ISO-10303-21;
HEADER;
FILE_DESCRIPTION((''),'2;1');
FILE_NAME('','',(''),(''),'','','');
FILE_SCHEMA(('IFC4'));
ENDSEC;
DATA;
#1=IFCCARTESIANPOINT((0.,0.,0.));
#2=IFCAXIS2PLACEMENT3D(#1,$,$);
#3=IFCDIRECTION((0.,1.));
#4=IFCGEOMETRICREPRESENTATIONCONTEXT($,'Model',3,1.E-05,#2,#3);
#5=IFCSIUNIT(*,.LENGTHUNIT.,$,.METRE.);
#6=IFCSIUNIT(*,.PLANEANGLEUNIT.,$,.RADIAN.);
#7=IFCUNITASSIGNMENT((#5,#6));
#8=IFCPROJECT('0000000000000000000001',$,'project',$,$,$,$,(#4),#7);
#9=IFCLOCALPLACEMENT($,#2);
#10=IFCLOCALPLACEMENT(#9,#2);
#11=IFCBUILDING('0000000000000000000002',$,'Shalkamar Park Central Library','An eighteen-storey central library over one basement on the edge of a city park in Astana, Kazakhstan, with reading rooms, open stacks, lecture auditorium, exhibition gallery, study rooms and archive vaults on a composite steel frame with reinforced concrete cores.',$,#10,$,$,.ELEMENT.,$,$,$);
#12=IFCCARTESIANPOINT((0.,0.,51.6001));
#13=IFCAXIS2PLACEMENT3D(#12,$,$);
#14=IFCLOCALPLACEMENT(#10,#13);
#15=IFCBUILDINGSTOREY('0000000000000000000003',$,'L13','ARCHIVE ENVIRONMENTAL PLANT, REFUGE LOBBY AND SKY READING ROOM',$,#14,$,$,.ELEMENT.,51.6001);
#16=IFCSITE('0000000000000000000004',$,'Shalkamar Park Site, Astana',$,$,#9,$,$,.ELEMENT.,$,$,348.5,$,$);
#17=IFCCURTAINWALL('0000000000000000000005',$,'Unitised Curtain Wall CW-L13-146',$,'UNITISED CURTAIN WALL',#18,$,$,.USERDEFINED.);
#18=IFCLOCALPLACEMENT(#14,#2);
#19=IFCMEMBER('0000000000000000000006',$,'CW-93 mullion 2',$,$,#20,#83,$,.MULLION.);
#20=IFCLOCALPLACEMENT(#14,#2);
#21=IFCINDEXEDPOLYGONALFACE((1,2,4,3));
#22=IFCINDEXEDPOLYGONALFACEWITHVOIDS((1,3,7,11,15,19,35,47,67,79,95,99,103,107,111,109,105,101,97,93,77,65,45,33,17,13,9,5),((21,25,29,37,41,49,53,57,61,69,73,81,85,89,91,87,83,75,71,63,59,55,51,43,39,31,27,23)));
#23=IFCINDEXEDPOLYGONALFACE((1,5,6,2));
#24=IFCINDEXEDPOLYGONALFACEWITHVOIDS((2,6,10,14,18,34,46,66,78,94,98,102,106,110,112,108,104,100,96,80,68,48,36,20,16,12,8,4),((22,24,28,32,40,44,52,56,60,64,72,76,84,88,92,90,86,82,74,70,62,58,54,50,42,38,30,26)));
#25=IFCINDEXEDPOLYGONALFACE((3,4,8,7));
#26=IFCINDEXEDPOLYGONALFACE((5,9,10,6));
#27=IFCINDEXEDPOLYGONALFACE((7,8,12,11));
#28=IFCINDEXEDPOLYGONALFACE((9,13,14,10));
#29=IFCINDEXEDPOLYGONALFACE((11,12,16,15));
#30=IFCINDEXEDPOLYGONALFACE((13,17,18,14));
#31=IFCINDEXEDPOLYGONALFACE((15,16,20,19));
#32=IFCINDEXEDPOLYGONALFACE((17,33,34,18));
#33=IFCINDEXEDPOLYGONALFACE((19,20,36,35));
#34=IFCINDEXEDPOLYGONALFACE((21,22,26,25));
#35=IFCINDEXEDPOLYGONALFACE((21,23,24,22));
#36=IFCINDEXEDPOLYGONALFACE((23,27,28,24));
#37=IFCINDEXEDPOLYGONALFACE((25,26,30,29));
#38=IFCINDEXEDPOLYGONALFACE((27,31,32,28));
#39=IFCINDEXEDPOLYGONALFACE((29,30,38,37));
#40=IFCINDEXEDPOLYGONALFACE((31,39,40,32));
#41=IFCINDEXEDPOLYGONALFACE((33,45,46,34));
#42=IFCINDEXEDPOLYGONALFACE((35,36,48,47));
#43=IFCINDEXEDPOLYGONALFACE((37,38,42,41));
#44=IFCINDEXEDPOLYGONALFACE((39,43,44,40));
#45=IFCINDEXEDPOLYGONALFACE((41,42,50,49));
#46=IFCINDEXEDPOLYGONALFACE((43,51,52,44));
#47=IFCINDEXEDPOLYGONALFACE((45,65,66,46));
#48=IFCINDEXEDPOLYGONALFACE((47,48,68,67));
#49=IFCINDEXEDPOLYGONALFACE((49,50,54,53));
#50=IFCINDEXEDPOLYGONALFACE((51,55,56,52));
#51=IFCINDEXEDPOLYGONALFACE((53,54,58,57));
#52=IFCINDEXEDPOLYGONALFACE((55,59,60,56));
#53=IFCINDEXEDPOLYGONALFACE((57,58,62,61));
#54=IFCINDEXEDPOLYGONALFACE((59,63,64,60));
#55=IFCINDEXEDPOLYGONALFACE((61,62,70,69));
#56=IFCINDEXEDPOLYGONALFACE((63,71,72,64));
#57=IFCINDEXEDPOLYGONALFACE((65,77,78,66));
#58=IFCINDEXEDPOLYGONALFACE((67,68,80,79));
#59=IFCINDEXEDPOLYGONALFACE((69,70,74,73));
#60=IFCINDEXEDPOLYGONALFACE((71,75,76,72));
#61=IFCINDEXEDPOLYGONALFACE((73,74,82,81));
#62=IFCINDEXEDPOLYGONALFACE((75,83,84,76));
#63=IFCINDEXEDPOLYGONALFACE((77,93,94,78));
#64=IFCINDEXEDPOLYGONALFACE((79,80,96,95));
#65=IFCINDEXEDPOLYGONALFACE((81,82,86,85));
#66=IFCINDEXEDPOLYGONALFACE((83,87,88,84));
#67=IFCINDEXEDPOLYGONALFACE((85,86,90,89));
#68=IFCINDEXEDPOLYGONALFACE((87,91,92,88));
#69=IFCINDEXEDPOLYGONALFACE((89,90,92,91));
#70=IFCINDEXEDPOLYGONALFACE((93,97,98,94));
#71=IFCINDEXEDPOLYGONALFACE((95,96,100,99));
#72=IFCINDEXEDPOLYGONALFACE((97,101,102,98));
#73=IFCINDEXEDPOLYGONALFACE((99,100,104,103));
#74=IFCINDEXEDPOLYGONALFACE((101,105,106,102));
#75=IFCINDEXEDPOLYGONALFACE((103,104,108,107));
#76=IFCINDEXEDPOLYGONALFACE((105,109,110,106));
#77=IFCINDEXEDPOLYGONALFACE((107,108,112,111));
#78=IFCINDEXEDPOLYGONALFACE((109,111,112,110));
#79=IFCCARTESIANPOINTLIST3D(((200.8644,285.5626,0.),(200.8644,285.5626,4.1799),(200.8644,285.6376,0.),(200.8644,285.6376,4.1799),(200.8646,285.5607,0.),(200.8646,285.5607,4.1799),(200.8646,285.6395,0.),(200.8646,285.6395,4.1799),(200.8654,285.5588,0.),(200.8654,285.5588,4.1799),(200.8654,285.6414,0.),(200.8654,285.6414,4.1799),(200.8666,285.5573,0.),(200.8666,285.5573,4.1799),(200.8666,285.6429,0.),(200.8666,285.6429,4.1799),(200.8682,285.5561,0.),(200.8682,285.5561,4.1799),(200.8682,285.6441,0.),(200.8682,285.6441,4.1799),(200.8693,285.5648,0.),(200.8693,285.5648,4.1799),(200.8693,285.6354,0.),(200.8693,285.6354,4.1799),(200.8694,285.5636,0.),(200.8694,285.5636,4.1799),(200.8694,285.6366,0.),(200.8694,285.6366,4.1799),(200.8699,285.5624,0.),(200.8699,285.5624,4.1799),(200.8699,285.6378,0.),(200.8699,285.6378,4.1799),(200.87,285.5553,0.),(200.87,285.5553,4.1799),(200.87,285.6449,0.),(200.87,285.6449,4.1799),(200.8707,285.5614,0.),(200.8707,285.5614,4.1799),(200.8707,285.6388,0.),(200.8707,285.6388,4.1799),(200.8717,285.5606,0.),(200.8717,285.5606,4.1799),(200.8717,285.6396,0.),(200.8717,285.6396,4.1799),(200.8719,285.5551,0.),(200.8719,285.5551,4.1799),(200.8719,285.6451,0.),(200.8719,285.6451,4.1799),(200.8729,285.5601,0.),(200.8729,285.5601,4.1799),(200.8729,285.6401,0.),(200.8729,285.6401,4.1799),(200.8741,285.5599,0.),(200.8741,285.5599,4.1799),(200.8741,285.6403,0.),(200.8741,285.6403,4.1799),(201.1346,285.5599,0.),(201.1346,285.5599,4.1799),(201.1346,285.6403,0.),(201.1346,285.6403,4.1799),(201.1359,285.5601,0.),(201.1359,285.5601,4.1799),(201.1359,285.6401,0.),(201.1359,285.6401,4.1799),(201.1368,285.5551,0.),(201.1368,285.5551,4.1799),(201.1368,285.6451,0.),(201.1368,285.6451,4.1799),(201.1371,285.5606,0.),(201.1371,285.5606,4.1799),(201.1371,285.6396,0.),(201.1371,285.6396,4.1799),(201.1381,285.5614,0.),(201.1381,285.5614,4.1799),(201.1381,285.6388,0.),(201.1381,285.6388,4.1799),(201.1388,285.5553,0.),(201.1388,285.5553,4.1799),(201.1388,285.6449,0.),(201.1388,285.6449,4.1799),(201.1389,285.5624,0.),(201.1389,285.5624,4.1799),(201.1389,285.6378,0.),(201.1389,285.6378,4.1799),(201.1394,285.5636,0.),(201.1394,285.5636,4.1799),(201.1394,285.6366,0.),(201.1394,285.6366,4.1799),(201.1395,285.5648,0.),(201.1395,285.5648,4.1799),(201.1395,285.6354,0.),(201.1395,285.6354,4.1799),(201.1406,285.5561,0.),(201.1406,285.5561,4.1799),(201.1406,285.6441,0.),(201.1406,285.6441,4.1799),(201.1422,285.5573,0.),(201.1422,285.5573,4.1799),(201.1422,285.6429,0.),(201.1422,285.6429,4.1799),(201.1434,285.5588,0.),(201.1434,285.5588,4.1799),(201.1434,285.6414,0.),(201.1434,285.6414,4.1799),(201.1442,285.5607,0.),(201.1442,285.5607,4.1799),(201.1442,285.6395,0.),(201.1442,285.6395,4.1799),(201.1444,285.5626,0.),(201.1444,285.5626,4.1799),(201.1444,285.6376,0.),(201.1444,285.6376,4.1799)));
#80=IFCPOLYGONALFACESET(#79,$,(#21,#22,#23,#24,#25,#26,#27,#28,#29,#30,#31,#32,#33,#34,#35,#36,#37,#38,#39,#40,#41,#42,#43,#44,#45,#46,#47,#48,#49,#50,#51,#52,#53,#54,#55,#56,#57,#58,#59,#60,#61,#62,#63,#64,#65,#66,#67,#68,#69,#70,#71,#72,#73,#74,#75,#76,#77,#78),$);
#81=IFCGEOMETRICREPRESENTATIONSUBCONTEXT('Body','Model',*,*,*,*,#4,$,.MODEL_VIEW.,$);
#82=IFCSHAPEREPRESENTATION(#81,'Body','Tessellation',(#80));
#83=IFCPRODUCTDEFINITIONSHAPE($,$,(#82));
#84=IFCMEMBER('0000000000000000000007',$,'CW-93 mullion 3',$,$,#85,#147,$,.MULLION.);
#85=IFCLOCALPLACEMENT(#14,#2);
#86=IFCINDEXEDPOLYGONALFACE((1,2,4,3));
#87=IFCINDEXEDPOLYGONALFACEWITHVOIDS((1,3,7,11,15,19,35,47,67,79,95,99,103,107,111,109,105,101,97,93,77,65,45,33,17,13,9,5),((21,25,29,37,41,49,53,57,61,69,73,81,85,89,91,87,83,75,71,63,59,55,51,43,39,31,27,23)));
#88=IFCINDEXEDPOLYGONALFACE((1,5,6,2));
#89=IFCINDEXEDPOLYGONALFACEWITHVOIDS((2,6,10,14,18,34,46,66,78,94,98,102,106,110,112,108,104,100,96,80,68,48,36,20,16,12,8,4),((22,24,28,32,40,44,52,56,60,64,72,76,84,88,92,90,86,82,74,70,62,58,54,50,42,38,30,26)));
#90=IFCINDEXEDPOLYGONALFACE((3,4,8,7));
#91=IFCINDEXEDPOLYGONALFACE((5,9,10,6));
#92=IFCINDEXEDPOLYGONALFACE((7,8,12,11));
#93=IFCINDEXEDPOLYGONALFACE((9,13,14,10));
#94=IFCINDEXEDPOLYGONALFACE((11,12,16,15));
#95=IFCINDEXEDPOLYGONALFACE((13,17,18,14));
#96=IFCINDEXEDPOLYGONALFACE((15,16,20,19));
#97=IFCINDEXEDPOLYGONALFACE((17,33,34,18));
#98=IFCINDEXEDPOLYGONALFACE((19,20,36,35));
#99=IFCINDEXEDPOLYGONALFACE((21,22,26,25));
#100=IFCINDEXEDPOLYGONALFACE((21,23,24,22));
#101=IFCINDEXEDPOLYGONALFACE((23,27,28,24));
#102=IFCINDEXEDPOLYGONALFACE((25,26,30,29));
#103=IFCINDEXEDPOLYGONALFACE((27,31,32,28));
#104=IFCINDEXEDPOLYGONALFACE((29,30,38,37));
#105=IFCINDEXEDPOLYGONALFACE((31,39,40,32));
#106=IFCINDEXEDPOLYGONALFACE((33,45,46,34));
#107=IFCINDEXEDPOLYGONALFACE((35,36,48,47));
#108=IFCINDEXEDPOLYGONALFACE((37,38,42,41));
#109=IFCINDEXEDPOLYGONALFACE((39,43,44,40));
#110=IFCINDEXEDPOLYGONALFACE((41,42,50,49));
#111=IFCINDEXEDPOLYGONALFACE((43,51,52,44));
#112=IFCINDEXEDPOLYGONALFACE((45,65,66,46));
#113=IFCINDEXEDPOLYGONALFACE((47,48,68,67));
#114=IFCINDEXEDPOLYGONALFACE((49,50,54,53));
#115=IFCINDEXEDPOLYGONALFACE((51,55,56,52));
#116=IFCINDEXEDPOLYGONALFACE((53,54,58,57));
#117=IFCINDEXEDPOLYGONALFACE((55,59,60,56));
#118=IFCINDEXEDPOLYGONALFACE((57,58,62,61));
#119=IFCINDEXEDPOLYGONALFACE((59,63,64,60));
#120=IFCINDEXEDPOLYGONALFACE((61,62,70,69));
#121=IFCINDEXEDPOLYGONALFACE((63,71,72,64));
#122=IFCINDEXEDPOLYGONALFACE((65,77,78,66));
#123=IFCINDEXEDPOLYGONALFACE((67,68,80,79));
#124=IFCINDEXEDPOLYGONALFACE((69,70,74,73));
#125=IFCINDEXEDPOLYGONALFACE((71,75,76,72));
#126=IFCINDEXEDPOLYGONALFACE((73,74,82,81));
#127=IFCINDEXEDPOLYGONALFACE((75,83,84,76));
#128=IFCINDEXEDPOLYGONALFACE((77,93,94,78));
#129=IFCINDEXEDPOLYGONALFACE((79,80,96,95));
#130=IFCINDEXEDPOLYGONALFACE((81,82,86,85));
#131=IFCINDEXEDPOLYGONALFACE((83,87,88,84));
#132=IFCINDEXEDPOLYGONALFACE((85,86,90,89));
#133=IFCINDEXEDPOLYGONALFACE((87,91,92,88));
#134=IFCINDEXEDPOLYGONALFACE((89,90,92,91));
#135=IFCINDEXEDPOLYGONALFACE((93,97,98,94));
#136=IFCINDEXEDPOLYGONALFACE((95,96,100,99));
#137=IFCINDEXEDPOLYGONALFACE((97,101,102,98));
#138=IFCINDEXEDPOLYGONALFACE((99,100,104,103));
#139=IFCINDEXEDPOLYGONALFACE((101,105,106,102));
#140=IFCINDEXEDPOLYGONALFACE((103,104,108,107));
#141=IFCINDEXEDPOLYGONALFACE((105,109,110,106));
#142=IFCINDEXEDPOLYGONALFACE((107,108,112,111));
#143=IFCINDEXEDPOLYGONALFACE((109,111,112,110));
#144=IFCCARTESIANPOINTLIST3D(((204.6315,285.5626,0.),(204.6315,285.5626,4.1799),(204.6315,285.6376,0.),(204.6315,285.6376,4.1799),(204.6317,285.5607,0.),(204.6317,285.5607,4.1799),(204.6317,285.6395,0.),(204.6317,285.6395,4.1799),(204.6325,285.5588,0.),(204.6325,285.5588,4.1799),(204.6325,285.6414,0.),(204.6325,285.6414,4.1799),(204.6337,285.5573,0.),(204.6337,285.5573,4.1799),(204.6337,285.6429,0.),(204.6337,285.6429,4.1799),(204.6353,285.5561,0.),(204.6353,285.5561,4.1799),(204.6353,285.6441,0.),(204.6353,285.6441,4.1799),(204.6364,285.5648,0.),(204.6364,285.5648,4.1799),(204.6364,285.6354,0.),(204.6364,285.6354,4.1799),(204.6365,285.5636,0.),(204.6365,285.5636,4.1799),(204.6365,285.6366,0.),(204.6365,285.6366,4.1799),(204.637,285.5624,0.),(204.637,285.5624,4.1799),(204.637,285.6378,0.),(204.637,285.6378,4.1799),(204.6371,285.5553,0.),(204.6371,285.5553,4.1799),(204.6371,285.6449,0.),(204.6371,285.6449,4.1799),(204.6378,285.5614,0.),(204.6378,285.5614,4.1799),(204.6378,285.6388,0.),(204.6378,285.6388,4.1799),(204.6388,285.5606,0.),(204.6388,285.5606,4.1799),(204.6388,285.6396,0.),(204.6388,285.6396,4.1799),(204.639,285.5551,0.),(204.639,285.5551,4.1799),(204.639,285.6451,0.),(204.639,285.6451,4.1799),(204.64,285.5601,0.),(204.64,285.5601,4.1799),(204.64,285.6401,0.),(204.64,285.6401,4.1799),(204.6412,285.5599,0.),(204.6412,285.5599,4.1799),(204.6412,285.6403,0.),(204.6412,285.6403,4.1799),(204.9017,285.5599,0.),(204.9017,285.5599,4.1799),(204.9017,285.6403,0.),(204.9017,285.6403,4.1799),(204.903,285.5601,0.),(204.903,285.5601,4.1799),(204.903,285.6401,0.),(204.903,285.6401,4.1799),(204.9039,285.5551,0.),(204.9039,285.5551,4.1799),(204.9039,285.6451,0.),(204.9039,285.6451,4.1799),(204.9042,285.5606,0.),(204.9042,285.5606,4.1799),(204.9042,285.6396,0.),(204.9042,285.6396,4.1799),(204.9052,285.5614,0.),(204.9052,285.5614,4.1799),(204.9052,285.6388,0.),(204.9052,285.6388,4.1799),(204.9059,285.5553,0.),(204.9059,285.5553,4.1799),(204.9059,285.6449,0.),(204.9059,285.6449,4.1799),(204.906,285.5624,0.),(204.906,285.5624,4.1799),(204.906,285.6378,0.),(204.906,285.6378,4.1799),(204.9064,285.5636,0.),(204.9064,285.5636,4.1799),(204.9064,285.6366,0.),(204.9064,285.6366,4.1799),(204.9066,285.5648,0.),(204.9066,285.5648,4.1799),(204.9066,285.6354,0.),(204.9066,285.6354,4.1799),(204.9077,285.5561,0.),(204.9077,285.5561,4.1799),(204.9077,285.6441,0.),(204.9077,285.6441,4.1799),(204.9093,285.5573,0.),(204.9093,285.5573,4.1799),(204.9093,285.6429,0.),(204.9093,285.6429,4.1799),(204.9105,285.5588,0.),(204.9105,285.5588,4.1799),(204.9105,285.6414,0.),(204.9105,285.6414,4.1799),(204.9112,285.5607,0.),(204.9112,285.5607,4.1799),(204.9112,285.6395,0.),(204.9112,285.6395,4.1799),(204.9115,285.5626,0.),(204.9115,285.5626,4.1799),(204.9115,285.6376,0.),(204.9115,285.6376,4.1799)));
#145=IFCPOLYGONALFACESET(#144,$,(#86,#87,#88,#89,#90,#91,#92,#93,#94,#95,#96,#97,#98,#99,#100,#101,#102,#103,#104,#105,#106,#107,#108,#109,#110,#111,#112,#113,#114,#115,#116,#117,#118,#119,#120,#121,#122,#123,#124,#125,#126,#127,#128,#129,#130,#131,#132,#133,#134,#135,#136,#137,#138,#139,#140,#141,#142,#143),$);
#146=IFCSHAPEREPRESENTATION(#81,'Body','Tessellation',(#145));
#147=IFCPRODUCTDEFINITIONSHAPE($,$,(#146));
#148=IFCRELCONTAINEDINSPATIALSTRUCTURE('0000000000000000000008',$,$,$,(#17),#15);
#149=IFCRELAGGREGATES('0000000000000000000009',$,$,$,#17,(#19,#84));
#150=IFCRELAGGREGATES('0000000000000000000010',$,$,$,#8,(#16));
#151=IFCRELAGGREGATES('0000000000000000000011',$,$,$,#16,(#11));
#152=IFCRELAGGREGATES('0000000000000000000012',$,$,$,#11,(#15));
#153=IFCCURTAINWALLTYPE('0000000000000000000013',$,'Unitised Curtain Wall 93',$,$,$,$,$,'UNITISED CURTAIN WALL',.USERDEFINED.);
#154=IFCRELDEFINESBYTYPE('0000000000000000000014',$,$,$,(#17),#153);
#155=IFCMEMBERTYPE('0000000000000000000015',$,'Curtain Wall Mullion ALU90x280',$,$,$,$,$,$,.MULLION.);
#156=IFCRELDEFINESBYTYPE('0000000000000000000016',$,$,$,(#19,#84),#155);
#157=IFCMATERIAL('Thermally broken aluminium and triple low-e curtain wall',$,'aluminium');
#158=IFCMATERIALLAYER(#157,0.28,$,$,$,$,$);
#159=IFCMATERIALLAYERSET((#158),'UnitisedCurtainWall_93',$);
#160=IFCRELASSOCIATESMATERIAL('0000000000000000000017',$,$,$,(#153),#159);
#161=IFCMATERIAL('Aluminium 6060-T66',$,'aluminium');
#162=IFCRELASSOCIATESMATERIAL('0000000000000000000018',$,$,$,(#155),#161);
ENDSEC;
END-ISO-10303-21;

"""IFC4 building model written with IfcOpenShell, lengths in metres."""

from ifc_helpers import new_model, si_unit, direction, frame, origin, origin_2d, place, context, subcontext, project, spatial, hollow_rectangle, extrude, material, layer, layer_set, material_profile, profile_set, type_object, element, aggregate, save


model = new_model("IFC4")

# Units and contexts
model_context = context("Model", 3, precision=1e-05, world=origin(), true_north=direction((0.0, 1.0)))
body_context = subcontext(model_context, "Body", "Model", "MODEL_VIEW")
ifc_project = project(units=[si_unit("LENGTHUNIT", "METRE"), si_unit("PLANEANGLEUNIT", "RADIAN")], contexts=[model_context])

# Site, building, storey
site_placement = place(None, origin())
site = spatial("IfcSite", under=ifc_project, at=site_placement, Name="Shalkamar Park Site, Astana", CompositionType="ELEMENT", RefElevation=348.5)
building_placement = place(site_placement, origin())
building = spatial("IfcBuilding", under=site, at=building_placement, Name="Shalkamar Park Central Library", Description="An eighteen-storey central library over one basement on the edge of a city park in Astana, Kazakhstan, with reading rooms, open stacks, lecture auditorium, exhibition gallery, study rooms and archive vaults on a composite steel frame with reinforced concrete cores.", CompositionType="ELEMENT")
storey_placement = place(building_placement, frame((0.0, 0.0, 51.6001)))
storey = spatial("IfcBuildingStorey", under=building, at=storey_placement, Name="L13", Description="ARCHIVE ENVIRONMENTAL PLANT, REFUGE LOBBY AND SKY READING ROOM", CompositionType="ELEMENT", Elevation=51.6001)

# Curtain wall, members
ifc_material_1 = material(Name="Thermally broken aluminium and triple low-e curtain wall", Category="aluminium")
ifc_material_2 = material(Name="Aluminium 6060-T66", Category="aluminium")
ifc_layer_1 = layer(ifc_material_1, 0.28)
ifc_layer_set_1 = layer_set([ifc_layer_1], Name="UnitisedCurtainWall_93")
curtain_wall_type_1 = type_object("IfcCurtainWallType", Name="Unitised Curtain Wall 93", ElementType="UNITISED CURTAIN WALL", PredefinedType="USERDEFINED", material=ifc_layer_set_1)
curtain_wall_1_placement = place(storey_placement, origin())
curtain_wall_1 = element("IfcCurtainWall", 1, at=curtain_wall_1_placement, inside=storey, type_object=curtain_wall_type_1, Name="Unitised Curtain Wall CW-L13-146", ObjectType="UNITISED CURTAIN WALL", PredefinedType="USERDEFINED")
ifc_material_profile_1 = material_profile(ifc_material_2, hollow_rectangle(XDim=0.0901, YDim=0.28, WallThickness=0.0049, InnerFilletRadius=0.0049, OuterFilletRadius=0.0076, at=origin_2d()), Name="ALU 90x280x5")
ifc_profile_set_1 = profile_set([ifc_material_profile_1], Name="Aluminium 6060-T66")
member_type_1 = type_object("IfcMemberType", Name="Curtain Wall Mullion ALU90x280", PredefinedType="MULLION", material=ifc_profile_set_1)
member_1_placement = place(storey_placement, frame((201.0044, 285.6001, 0.0), z_axis=(0.0, 0.0, 1.0), x_axis=(0.0, 1.0, 0.0)))
member_1 = element("IfcMember", 2, at=member_1_placement, type_object=member_type_1, Name="CW-93 mullion 2", PredefinedType="MULLION", context=body_context, shape_type="SweptSolid", body=[
    extrude(hollow_rectangle(XDim=0.0901, YDim=0.28, WallThickness=0.0049, InnerFilletRadius=0.0049, OuterFilletRadius=0.0076, at=origin_2d()), origin(), (0.0, 0.0, 1.0), 4.1799),
])
member_2_placement = place(storey_placement, frame((204.7715, 285.6001, 0.0), z_axis=(0.0, 0.0, 1.0), x_axis=(0.0, 1.0, 0.0)))
member_2 = element("IfcMember", 3, at=member_2_placement, type_object=member_type_1, Name="CW-93 mullion 3", PredefinedType="MULLION", context=body_context, shape_type="SweptSolid", body=[
    extrude(hollow_rectangle(XDim=0.0901, YDim=0.28, WallThickness=0.0049, InnerFilletRadius=0.0049, OuterFilletRadius=0.0076, at=origin_2d()), origin(), (0.0, 0.0, 1.0), 4.1799),
])

aggregate(curtain_wall_1, [member_1, member_2])

save(model, "model.ifc")
